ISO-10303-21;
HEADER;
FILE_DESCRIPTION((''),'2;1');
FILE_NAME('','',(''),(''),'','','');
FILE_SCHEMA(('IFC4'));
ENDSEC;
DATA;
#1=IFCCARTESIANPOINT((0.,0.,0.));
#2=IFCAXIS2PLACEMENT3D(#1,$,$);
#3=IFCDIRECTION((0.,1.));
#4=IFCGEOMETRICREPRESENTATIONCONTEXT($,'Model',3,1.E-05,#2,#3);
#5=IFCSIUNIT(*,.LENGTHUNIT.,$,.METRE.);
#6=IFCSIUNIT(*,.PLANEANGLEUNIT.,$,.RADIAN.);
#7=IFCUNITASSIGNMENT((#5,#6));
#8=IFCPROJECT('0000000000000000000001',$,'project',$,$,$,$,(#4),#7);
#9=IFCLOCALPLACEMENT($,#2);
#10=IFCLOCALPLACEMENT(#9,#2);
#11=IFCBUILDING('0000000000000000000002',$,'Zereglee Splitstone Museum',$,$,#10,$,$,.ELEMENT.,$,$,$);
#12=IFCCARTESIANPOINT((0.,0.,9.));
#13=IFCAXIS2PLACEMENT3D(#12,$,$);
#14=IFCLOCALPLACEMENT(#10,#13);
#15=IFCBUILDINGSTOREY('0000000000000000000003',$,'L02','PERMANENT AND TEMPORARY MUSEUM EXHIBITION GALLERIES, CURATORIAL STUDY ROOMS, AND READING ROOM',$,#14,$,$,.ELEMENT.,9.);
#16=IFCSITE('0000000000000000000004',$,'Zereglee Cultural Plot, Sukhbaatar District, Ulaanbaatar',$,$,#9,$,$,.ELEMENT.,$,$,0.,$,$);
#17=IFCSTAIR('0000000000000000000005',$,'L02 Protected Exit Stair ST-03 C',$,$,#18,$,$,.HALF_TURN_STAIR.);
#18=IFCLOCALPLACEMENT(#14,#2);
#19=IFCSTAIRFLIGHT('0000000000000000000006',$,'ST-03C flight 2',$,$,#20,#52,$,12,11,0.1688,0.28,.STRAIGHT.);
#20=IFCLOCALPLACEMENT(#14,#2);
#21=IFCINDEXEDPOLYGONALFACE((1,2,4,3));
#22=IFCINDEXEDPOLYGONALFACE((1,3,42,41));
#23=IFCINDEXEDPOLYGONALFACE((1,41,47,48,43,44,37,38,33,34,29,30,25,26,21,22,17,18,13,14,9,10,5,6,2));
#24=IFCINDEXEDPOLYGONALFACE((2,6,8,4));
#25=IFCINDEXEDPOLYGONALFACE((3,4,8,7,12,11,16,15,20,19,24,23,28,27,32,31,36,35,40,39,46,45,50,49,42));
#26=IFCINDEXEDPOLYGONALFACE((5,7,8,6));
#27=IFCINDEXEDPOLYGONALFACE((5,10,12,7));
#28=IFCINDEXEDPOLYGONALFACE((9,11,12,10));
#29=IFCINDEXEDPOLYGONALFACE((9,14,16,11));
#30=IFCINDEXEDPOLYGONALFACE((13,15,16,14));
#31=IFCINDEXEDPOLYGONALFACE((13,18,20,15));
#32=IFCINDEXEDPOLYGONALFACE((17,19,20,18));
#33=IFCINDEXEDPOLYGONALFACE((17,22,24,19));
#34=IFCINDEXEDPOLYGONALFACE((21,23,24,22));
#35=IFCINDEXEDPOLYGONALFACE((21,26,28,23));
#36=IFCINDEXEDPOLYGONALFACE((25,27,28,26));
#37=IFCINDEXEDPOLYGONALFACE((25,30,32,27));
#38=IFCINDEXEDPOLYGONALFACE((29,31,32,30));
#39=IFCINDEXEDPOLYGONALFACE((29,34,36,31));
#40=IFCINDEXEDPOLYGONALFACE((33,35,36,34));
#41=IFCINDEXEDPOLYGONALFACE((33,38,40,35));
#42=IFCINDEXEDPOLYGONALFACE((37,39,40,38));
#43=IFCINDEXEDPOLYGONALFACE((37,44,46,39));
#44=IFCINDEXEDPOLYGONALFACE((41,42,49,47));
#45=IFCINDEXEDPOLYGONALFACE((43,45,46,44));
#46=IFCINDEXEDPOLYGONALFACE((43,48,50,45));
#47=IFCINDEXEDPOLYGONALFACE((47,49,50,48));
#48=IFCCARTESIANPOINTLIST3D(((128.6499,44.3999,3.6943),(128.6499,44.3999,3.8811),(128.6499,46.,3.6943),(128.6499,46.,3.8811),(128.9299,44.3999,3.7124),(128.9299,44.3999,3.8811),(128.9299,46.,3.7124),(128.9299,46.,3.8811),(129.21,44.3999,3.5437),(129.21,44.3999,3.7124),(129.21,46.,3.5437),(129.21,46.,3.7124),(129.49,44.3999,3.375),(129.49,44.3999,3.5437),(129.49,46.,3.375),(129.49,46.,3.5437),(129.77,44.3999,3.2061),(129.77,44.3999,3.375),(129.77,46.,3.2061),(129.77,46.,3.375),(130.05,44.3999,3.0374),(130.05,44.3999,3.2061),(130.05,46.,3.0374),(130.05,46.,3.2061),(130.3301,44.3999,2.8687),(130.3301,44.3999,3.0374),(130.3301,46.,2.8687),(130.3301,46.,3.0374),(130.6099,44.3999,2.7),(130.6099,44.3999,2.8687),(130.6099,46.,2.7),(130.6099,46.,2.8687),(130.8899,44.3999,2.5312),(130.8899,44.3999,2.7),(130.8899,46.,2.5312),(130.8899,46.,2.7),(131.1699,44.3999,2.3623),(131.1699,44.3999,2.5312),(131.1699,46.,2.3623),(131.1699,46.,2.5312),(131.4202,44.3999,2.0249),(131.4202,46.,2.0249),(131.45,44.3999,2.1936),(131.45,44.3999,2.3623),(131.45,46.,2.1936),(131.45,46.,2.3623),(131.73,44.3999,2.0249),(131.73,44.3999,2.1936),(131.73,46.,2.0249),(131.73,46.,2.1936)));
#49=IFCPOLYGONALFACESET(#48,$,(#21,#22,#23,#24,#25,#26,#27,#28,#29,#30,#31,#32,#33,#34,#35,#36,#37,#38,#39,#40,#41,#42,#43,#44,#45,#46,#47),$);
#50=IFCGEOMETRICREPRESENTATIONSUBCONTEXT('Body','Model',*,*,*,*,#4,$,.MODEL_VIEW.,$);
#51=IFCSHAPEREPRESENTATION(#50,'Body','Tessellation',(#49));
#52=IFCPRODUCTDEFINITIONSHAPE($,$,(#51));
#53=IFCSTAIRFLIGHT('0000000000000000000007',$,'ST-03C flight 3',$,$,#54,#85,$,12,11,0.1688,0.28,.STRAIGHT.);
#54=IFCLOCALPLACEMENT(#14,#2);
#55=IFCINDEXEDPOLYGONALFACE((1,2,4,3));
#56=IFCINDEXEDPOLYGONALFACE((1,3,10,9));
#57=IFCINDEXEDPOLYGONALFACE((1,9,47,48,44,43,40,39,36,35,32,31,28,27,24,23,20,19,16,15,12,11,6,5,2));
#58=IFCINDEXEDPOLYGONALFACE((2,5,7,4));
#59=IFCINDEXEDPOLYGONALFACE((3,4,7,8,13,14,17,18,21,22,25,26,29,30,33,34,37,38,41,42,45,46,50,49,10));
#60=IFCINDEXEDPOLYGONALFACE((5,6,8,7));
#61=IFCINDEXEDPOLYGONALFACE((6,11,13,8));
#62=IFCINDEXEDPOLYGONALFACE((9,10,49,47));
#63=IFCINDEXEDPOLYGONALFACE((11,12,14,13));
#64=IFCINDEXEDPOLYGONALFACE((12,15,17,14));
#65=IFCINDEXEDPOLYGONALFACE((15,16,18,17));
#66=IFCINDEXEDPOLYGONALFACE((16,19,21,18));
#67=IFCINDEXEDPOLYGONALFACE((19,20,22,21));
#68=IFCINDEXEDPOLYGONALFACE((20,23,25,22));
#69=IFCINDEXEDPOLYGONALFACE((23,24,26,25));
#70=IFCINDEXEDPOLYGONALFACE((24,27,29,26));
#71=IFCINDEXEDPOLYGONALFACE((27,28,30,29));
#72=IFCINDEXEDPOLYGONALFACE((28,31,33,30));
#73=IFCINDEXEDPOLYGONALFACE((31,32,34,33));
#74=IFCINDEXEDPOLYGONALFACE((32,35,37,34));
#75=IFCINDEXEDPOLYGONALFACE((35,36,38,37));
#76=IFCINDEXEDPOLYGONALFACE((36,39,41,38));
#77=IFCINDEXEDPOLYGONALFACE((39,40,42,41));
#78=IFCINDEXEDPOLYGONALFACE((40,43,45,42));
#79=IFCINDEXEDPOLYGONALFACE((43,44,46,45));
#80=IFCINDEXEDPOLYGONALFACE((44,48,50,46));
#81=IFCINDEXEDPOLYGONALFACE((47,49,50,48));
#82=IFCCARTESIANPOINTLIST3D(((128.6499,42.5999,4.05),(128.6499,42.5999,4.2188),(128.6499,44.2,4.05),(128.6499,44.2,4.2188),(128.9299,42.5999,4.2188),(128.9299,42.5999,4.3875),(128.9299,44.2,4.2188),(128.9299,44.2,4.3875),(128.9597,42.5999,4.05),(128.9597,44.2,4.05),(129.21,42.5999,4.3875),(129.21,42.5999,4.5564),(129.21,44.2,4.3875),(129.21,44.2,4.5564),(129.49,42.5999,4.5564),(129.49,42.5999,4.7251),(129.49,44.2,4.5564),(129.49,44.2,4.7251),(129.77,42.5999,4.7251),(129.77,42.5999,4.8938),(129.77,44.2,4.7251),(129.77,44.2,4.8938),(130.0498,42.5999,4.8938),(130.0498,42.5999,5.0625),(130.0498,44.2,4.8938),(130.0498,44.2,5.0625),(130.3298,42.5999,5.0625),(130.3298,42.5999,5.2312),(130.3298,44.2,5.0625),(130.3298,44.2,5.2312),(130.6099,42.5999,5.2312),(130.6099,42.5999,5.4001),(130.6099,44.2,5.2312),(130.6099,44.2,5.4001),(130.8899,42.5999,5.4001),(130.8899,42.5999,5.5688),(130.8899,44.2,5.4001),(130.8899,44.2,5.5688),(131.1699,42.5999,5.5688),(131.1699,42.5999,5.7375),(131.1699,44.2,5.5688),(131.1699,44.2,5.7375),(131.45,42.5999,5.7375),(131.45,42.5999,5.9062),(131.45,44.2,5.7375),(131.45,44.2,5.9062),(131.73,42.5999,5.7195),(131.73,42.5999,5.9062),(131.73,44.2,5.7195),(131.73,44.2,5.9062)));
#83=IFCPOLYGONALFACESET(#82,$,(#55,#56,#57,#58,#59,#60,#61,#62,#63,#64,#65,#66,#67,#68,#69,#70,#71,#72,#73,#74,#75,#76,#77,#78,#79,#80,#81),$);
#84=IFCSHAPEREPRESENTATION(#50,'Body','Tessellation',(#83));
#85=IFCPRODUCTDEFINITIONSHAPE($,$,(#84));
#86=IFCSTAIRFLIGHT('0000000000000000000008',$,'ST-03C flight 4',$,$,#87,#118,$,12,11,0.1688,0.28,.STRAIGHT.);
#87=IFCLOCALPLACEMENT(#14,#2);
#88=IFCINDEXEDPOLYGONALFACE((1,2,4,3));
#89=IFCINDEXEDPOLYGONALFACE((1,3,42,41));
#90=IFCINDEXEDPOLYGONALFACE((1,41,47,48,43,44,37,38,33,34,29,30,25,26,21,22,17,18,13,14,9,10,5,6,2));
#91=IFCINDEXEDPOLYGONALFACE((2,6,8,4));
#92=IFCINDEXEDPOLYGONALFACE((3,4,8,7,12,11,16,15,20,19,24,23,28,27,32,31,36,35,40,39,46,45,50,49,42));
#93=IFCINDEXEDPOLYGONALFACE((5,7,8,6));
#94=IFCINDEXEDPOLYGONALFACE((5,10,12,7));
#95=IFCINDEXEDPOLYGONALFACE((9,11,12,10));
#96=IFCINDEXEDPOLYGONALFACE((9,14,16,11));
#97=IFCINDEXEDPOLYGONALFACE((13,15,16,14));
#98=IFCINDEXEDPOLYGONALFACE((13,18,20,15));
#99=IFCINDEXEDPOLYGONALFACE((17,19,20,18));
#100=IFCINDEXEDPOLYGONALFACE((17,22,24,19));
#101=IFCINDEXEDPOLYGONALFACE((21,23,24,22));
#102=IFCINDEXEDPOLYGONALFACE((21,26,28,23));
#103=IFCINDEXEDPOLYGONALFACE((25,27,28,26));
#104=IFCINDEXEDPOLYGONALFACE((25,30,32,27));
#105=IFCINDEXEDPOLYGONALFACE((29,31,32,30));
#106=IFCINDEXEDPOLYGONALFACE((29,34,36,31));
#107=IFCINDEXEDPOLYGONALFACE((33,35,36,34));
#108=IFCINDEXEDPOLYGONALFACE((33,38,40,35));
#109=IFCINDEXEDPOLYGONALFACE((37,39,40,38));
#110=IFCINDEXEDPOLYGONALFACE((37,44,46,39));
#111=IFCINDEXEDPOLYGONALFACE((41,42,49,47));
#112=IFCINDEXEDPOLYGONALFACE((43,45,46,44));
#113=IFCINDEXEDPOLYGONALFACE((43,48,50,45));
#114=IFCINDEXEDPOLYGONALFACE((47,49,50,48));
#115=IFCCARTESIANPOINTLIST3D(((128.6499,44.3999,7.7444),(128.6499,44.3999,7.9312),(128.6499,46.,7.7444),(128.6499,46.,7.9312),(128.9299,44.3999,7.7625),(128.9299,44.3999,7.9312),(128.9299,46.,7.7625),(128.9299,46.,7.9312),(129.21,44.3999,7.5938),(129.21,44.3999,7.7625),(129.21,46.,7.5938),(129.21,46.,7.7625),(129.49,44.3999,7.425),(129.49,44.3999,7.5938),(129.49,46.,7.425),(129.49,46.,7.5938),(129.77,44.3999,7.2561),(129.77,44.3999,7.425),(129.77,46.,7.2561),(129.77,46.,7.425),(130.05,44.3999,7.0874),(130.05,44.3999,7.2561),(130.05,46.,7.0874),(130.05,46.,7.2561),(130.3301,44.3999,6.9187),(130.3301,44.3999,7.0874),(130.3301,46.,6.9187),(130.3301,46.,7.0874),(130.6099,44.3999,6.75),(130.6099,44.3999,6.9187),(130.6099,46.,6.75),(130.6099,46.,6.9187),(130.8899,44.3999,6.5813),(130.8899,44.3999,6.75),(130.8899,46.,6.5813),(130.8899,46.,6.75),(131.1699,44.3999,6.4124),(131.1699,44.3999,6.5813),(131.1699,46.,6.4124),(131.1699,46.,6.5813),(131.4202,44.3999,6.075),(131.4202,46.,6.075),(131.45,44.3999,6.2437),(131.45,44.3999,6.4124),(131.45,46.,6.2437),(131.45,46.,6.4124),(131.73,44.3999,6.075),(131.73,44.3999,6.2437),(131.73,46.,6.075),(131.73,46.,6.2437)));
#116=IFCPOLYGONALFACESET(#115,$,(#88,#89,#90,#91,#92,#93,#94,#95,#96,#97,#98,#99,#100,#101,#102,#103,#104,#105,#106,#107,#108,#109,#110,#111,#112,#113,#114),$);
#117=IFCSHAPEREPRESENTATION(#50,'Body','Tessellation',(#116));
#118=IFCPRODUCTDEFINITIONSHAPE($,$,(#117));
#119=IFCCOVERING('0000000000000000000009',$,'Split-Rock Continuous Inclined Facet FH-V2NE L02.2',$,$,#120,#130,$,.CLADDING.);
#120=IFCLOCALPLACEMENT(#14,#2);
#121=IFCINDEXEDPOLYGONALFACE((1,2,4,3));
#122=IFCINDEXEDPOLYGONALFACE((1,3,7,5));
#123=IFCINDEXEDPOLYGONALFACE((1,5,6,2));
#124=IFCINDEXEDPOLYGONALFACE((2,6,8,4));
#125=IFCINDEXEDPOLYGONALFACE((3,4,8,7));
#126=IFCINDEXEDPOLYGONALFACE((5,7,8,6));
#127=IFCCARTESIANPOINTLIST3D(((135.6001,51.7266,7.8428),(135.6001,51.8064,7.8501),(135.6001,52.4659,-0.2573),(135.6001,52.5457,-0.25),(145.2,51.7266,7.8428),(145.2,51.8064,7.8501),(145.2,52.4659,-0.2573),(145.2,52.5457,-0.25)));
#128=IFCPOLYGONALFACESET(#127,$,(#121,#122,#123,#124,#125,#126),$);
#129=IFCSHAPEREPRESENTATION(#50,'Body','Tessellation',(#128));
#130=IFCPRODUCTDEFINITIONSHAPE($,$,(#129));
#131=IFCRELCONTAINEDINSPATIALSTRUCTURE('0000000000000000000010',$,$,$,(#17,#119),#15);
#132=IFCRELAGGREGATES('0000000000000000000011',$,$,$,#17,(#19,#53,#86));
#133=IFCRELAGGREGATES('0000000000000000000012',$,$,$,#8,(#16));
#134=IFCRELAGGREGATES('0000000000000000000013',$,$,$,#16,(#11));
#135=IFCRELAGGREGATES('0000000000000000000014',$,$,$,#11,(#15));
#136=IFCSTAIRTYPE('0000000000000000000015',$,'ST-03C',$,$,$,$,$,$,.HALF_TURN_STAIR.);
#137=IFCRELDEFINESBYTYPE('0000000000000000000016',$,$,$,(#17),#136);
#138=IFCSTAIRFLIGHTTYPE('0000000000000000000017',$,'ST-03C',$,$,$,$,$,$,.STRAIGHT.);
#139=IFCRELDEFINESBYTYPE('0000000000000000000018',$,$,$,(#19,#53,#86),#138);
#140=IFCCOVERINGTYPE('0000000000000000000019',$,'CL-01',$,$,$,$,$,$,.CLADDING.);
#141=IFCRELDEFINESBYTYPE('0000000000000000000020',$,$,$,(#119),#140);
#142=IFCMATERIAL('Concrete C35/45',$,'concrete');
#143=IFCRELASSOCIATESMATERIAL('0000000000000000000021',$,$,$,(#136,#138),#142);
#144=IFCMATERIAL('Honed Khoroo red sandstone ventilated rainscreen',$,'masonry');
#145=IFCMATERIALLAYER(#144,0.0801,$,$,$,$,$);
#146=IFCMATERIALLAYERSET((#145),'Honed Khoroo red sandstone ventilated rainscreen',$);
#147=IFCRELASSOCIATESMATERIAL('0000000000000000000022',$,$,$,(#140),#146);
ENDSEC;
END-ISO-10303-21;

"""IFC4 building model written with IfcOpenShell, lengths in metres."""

from ifc_helpers import new_model, si_unit, direction, frame, origin, place, context, subcontext, project, spatial, polyline, outline, extrude, material, layer, layer_set, type_object, element, aggregate, save


model = new_model("IFC4")

# Units and contexts
model_context = context("Model", 3, precision=1e-05, world=origin(), true_north=direction((0.0, 1.0)))
body_context = subcontext(model_context, "Body", "Model", "MODEL_VIEW")
ifc_project = project(units=[si_unit("LENGTHUNIT", "METRE"), si_unit("PLANEANGLEUNIT", "RADIAN")], contexts=[model_context])

# Site, building, storey
site_placement = place(None, origin())
site = spatial("IfcSite", under=ifc_project, at=site_placement, Name="Zereglee Cultural Plot, Sukhbaatar District, Ulaanbaatar", CompositionType="ELEMENT", RefElevation=0.0)
building_placement = place(site_placement, origin())
building = spatial("IfcBuilding", under=site, at=building_placement, Name="Zereglee Splitstone Museum", CompositionType="ELEMENT")
storey_placement = place(building_placement, frame((0.0, 0.0, 9.0)))
storey = spatial("IfcBuildingStorey", under=building, at=storey_placement, Name="L02", Description="PERMANENT AND TEMPORARY MUSEUM EXHIBITION GALLERIES, CURATORIAL STUDY ROOMS, AND READING ROOM", CompositionType="ELEMENT", Elevation=9.0)

# Stair, stair flights
ifc_material_1 = material(Name="Concrete C35/45", Category="concrete")
stair_type = type_object("IfcStairType", Name="ST-03C", PredefinedType="HALF_TURN_STAIR", material=ifc_material_1)
stair_placement = place(storey_placement, origin())
stair = element("IfcStair", 1, at=stair_placement, inside=storey, type_object=stair_type, Name="L02 Protected Exit Stair ST-03 C", PredefinedType="HALF_TURN_STAIR")
stair_flight_type = type_object("IfcStairFlightType", Name="ST-03C", PredefinedType="STRAIGHT", material=ifc_material_1)
stair_flight_1_placement = place(storey_placement, frame((131.73, 45.2, 2.0249), z_axis=(0.0, 0.0, 1.0), x_axis=(-1.0, 0.0, 0.0)))
stair_flight_1 = element("IfcStairFlight", 2, at=stair_flight_1_placement, type_object=stair_flight_type, Name="ST-03C flight 2", NumberOfRisers=12, NumberOfTreads=11, PredefinedType="STRAIGHT", RiserHeight=0.1688, TreadLength=0.28, context=body_context, shape_type="SweptSolid", body=[
    extrude(outline(polyline([(0.0, 0.0), (0.0, 0.1687), (0.28, 0.1687), (0.28, 0.3374), (0.5601, 0.3374), (0.5601, 0.5063), (0.8401, 0.5063), (0.8401, 0.675), (1.1201, 0.675), (1.1201, 0.8438), (1.3999, 0.8438), (1.3999, 1.0125), (1.6799, 1.0125), (1.6799, 1.1812), (1.96, 1.1812), (1.96, 1.3501), (2.24, 1.3501), (2.24, 1.5188), (2.52, 1.5188), (2.52, 1.6875), (2.8, 1.6875), (2.8, 1.8562), (3.0801, 1.8562), (3.0801, 2.0249), (3.0801, 1.6694), (0.3098, 0.0), (0.0, 0.0)])), frame((0.0, 0.8, 0.0), z_axis=(0.0, -1.0, 0.0), x_axis=(1.0, 0.0, 0.0)), (0.0, 0.0, 1.0), 1.6001),
])
stair_flight_2_placement = place(storey_placement, frame((128.6499, 43.3999, 4.05), z_axis=(0.0, 0.0, 1.0), x_axis=(1.0, 0.0, 0.0)))
stair_flight_2 = element("IfcStairFlight", 3, at=stair_flight_2_placement, type_object=stair_flight_type, Name="ST-03C flight 3", NumberOfRisers=12, NumberOfTreads=11, PredefinedType="STRAIGHT", RiserHeight=0.1688, TreadLength=0.28, context=body_context, shape_type="SweptSolid", body=[
    extrude(outline(polyline([(0.0, 0.0), (0.0, 0.1687), (0.28, 0.1687), (0.28, 0.3374), (0.5601, 0.3374), (0.5601, 0.5063), (0.8401, 0.5063), (0.8401, 0.675), (1.1201, 0.675), (1.1201, 0.8438), (1.3999, 0.8438), (1.3999, 1.0125), (1.6799, 1.0125), (1.6799, 1.1812), (1.96, 1.1812), (1.96, 1.3501), (2.24, 1.3501), (2.24, 1.5188), (2.52, 1.5188), (2.52, 1.6875), (2.8, 1.6875), (2.8, 1.8562), (3.0801, 1.8562), (3.0801, 2.0249), (3.0801, 1.6694), (0.3098, 0.0), (0.0, 0.0)])), frame((0.0, 0.8, 0.0), z_axis=(0.0, -1.0, 0.0), x_axis=(1.0, 0.0, 0.0)), (0.0, 0.0, 1.0), 1.6001),
])
stair_flight_3_placement = place(storey_placement, frame((131.73, 45.2, 6.075), z_axis=(0.0, 0.0, 1.0), x_axis=(-1.0, 0.0, 0.0)))
stair_flight_3 = element("IfcStairFlight", 4, at=stair_flight_3_placement, type_object=stair_flight_type, Name="ST-03C flight 4", NumberOfRisers=12, NumberOfTreads=11, PredefinedType="STRAIGHT", RiserHeight=0.1688, TreadLength=0.28, context=body_context, shape_type="SweptSolid", body=[
    extrude(outline(polyline([(0.0, 0.0), (0.0, 0.1687), (0.28, 0.1687), (0.28, 0.3374), (0.5601, 0.3374), (0.5601, 0.5063), (0.8401, 0.5063), (0.8401, 0.675), (1.1201, 0.675), (1.1201, 0.8438), (1.3999, 0.8438), (1.3999, 1.0125), (1.6799, 1.0125), (1.6799, 1.1812), (1.96, 1.1812), (1.96, 1.3501), (2.24, 1.3501), (2.24, 1.5188), (2.52, 1.5188), (2.52, 1.6875), (2.8, 1.6875), (2.8, 1.8562), (3.0801, 1.8562), (3.0801, 2.0249), (3.0801, 1.6694), (0.3098, 0.0), (0.0, 0.0)])), frame((0.0, 0.8, 0.0), z_axis=(0.0, -1.0, 0.0), x_axis=(1.0, 0.0, 0.0)), (0.0, 0.0, 1.0), 1.6001),
])
aggregate(stair, [stair_flight_1, stair_flight_2, stair_flight_3])

# Covering
ifc_material_2 = material(Name="Honed Khoroo red sandstone ventilated rainscreen", Category="masonry")
ifc_layer_1 = layer(ifc_material_2, 0.0801)
ifc_layer_set_1 = layer_set([ifc_layer_1], Name="Honed Khoroo red sandstone ventilated rainscreen")
covering_type = type_object("IfcCoveringType", Name="CL-01", PredefinedType="CLADDING", material=ifc_layer_set_1)
covering_placement = place(storey_placement, frame((135.6001, 51.8064, 7.8501), z_axis=(0.0, 0.995861, 0.090888), x_axis=(1.0, 0.0, 0.0)))
element("IfcCovering", 5, at=covering_placement, inside=storey, type_object=covering_type, Name="Split-Rock Continuous Inclined Facet FH-V2NE L02.2", PredefinedType="CLADDING", context=body_context, shape_type="SweptSolid", body=[
    extrude(outline(polyline([(0.0, 0.0), (9.5999, 0.0), (9.5999, 8.1338), (0.0, 8.1338), (0.0, 0.0)])), origin(), (0.0, 0.0, -1.0), 0.0801),
])

save(model, "model.ifc")
